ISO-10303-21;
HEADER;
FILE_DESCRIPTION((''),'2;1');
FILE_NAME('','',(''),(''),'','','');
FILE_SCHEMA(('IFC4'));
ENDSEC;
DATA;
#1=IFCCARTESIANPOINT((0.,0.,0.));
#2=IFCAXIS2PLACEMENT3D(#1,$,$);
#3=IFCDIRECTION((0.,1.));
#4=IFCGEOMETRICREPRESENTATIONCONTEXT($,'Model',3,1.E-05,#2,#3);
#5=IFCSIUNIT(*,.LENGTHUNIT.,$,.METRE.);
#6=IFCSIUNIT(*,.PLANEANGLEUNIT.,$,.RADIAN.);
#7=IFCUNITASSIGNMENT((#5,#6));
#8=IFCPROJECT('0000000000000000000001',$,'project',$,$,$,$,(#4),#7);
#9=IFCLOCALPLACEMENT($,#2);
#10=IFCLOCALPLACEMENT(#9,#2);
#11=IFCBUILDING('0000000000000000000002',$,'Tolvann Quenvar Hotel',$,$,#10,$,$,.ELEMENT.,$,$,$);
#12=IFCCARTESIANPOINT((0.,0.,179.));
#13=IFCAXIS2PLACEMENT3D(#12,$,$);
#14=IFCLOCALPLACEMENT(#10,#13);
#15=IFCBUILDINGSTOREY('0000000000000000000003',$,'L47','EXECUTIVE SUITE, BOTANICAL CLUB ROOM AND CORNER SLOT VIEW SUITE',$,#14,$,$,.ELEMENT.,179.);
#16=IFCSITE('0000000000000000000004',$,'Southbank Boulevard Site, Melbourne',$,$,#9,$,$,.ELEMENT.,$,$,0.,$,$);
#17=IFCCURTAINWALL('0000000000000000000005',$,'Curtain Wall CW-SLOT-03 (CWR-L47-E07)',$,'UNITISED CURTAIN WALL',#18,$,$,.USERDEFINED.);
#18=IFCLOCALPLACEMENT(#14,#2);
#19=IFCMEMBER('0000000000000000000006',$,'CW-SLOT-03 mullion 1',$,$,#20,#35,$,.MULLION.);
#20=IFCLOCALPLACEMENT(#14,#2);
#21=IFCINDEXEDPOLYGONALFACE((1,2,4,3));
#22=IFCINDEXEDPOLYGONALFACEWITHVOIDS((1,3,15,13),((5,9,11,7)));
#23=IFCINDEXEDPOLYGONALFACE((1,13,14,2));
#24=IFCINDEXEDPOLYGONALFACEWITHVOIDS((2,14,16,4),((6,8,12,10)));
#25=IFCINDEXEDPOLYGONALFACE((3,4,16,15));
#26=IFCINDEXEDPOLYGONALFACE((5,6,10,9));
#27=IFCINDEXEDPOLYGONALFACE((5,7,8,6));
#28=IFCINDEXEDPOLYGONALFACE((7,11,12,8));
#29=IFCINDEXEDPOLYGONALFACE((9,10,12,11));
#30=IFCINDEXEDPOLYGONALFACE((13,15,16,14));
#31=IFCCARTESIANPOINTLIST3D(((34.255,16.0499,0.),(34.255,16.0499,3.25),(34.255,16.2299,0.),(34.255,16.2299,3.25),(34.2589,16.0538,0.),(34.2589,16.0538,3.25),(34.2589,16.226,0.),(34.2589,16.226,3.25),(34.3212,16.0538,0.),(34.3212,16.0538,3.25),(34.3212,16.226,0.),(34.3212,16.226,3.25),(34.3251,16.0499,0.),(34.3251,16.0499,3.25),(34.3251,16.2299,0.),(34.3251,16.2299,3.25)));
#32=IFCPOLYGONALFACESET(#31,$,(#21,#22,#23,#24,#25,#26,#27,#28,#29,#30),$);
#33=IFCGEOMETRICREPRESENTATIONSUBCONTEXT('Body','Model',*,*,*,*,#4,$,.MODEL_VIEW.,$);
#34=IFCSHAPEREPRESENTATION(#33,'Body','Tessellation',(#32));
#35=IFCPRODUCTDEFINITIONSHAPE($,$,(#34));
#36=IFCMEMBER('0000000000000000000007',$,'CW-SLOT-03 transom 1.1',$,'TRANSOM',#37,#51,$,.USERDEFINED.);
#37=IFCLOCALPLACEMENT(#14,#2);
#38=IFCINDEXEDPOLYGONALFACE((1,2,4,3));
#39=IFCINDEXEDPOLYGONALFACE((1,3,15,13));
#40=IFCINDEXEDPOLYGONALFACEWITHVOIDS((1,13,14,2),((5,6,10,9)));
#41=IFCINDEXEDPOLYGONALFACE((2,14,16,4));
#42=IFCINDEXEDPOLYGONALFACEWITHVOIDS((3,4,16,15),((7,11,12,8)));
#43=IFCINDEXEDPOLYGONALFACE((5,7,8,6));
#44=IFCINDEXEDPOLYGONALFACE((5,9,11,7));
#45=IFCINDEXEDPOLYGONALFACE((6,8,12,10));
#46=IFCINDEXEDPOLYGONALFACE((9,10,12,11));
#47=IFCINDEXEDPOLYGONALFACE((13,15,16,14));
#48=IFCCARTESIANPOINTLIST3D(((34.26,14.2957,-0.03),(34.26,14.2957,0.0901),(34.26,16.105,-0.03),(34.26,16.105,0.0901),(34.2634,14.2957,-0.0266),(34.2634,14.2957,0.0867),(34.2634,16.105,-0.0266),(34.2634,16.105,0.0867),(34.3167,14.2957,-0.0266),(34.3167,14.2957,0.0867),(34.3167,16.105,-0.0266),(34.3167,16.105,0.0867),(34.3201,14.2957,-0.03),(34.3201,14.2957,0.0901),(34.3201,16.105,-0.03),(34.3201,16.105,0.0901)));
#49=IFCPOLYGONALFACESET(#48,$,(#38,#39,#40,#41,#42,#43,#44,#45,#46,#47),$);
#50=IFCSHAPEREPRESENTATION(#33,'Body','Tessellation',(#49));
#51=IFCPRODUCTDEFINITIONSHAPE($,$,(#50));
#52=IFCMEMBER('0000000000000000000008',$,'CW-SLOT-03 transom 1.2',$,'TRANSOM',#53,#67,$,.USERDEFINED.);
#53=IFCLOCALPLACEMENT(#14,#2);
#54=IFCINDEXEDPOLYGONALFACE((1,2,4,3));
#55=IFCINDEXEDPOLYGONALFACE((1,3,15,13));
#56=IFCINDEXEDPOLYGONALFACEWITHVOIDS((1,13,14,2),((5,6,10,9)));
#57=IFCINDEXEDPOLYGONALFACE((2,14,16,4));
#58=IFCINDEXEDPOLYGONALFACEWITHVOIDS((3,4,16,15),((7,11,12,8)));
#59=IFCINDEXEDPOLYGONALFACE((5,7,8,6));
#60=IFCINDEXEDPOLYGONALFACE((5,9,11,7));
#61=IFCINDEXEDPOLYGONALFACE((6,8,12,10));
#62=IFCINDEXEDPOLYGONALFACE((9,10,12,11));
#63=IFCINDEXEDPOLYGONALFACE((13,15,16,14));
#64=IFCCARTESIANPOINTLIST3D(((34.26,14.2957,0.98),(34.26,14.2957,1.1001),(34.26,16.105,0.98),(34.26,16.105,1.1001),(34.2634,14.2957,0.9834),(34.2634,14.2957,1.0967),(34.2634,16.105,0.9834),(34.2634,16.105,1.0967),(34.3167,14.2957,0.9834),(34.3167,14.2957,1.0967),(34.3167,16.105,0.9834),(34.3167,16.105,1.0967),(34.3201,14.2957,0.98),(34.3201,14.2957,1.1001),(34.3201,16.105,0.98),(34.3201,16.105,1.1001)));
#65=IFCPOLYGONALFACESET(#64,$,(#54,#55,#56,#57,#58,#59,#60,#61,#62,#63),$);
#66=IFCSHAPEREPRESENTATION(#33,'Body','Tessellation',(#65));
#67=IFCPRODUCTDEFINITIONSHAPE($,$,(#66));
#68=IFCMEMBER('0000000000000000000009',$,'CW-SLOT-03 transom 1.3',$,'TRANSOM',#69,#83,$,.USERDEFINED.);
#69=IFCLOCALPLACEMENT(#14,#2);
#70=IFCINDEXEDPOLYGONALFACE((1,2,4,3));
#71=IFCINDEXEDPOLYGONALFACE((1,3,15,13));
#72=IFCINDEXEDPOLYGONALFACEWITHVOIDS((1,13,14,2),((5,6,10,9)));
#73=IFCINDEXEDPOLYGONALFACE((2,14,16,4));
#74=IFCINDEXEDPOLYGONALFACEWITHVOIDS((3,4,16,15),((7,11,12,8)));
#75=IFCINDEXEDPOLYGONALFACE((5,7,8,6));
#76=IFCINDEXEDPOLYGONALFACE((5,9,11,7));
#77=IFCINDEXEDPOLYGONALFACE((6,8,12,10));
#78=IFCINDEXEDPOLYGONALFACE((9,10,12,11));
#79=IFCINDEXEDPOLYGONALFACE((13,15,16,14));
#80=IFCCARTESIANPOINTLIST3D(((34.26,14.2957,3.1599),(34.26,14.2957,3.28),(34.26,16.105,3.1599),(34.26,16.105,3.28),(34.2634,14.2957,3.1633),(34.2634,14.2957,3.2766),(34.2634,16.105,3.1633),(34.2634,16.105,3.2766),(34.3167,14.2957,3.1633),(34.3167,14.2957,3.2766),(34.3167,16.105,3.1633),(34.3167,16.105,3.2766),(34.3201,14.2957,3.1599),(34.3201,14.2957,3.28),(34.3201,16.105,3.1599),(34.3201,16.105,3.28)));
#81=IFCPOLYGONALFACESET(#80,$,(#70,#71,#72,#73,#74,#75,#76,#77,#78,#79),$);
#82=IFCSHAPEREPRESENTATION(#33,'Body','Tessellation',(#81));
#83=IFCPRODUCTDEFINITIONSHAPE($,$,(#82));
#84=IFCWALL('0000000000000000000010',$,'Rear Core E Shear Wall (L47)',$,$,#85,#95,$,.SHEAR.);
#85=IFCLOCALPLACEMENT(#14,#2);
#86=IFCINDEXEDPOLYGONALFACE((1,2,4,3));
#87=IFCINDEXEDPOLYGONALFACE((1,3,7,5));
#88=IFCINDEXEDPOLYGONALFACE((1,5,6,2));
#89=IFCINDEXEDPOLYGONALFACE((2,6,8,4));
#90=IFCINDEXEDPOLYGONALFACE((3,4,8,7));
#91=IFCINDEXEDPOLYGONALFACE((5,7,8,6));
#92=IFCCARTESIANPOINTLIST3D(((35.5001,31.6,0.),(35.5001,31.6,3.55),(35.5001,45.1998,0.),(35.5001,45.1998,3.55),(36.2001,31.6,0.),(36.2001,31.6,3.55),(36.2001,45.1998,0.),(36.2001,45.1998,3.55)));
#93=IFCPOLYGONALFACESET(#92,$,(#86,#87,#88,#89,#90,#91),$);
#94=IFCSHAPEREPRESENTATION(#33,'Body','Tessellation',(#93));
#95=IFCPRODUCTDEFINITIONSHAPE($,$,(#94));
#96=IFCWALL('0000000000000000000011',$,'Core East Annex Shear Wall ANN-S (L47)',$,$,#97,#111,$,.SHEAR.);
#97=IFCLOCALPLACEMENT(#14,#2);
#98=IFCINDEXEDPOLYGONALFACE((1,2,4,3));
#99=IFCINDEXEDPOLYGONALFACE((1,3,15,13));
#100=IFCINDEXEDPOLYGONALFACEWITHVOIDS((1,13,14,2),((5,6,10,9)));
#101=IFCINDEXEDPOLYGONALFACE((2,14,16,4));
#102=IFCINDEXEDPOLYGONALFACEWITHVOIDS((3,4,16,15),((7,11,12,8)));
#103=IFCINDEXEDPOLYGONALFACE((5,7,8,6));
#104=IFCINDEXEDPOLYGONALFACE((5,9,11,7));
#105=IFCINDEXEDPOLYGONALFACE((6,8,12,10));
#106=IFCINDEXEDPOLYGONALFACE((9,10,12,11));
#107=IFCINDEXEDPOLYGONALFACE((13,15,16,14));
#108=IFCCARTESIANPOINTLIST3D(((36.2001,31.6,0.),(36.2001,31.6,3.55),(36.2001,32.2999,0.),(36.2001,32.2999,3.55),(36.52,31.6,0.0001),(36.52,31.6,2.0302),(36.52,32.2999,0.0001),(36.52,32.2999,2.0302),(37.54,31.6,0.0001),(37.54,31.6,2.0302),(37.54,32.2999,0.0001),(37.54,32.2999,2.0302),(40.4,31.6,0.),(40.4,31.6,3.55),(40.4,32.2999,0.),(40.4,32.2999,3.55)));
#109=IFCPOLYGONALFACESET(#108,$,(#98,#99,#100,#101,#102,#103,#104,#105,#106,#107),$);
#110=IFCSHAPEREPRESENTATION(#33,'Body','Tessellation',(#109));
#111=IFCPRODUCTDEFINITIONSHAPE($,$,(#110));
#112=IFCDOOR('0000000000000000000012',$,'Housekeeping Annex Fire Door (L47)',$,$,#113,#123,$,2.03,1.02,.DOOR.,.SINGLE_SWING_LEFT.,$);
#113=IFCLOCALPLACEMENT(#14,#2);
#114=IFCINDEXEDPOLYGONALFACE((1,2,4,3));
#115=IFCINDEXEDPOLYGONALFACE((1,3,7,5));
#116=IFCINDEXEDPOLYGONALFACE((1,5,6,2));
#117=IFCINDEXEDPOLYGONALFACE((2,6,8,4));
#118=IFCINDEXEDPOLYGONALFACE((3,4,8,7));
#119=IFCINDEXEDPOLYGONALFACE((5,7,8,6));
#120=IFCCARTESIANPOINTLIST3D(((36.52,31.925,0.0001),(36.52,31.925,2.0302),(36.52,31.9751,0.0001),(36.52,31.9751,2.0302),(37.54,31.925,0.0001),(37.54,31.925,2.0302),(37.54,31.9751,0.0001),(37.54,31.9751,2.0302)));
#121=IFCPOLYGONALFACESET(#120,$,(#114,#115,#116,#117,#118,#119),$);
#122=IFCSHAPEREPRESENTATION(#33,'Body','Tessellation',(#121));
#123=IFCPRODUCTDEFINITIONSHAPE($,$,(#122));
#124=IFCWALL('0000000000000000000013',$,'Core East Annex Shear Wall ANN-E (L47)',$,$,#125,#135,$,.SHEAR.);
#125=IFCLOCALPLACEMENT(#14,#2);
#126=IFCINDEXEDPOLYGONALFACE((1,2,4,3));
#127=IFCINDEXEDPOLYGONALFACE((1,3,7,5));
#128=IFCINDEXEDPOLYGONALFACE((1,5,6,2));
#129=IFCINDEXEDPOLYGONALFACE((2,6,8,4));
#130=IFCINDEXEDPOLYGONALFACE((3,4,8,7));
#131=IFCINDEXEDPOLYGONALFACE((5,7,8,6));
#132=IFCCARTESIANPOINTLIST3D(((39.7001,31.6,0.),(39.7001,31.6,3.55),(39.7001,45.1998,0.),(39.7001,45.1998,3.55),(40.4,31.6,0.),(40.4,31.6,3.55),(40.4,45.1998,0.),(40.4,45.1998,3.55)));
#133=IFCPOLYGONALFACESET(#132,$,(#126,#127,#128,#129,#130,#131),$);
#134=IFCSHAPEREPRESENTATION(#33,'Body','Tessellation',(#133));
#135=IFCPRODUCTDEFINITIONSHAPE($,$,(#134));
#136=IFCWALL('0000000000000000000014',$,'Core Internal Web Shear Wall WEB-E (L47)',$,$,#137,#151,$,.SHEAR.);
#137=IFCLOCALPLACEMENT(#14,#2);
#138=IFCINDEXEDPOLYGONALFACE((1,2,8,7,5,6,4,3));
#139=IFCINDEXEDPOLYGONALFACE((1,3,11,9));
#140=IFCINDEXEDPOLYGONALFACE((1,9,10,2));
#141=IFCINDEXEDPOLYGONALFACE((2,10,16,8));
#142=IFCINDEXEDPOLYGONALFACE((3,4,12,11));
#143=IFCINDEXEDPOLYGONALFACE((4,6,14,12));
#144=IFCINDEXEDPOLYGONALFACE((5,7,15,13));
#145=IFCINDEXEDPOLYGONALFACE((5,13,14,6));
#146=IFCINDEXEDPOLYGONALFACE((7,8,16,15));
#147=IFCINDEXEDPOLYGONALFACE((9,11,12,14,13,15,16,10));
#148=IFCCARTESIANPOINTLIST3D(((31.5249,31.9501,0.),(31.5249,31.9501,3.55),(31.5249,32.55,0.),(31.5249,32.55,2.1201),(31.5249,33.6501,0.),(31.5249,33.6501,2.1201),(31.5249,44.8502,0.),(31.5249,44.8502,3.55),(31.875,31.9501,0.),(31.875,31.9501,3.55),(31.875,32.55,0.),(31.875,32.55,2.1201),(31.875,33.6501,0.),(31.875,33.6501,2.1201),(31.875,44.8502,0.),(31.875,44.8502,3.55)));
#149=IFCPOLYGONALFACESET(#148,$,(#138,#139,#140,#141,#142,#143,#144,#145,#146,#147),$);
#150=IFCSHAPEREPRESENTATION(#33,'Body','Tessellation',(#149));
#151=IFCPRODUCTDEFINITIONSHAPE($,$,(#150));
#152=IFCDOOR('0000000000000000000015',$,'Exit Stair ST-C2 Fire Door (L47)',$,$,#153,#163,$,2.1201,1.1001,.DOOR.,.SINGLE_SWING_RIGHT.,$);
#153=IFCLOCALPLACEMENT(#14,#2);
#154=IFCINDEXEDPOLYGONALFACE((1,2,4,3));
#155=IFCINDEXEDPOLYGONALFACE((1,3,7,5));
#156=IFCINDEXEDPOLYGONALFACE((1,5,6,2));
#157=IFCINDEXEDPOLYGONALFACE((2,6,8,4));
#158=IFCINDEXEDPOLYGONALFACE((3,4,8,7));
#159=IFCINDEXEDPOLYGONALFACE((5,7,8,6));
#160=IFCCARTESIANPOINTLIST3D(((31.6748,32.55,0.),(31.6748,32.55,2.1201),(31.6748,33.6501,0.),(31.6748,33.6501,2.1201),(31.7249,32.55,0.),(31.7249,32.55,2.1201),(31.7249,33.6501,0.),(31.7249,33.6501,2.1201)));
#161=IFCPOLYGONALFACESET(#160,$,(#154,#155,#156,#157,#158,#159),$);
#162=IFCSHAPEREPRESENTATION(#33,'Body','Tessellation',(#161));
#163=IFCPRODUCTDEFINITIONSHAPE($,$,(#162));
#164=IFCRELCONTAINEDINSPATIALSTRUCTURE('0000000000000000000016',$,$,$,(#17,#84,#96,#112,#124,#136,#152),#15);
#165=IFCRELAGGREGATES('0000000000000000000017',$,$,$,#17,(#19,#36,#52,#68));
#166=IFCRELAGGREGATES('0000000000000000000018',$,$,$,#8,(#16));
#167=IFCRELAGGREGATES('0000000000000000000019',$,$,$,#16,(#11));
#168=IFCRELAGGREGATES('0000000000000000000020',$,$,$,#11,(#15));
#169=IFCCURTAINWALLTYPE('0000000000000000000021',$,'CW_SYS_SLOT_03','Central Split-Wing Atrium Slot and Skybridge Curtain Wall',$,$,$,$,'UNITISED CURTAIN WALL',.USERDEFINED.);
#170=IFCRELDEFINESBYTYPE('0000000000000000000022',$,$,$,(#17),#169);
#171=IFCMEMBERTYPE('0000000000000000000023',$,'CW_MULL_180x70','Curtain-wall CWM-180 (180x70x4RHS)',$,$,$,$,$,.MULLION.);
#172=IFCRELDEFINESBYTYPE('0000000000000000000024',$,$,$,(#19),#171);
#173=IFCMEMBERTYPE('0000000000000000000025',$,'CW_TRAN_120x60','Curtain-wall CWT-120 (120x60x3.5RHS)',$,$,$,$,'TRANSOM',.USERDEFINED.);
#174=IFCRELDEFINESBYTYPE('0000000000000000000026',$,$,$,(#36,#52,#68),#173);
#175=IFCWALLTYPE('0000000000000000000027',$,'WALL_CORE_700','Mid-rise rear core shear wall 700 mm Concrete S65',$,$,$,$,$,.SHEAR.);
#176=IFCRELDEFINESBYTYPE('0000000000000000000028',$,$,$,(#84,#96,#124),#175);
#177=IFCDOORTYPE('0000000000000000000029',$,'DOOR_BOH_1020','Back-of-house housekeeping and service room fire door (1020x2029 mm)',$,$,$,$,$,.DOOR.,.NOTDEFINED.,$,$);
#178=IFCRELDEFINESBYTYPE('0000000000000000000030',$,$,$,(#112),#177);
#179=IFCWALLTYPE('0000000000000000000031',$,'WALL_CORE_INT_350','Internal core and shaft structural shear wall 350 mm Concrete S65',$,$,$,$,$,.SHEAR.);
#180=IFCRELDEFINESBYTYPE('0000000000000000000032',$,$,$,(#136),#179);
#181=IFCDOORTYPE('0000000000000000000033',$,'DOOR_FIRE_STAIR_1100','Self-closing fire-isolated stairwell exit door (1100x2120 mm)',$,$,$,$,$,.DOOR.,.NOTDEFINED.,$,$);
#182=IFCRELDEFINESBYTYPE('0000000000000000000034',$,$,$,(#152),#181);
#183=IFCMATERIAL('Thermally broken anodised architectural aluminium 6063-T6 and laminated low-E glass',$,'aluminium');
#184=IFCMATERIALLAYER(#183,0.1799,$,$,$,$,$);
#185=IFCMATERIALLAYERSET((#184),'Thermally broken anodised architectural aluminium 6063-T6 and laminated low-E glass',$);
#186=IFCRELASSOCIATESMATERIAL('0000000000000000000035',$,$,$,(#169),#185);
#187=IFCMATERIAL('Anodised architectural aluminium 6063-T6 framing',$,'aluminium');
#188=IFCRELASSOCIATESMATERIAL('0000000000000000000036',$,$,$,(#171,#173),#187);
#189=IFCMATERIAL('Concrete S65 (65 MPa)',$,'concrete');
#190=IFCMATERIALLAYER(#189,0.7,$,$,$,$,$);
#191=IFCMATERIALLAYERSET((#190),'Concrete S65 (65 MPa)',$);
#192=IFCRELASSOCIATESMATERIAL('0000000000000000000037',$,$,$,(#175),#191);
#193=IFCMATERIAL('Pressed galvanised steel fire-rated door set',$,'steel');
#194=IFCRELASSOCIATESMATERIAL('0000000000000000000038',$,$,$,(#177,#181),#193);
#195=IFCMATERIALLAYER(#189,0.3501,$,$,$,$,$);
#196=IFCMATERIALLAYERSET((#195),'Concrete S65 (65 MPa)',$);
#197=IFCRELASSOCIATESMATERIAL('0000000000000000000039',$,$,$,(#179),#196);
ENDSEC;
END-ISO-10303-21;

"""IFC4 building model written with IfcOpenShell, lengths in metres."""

from ifc_helpers import new_model, si_unit, direction, frame, frame_2d, origin, origin_2d, place, context, subcontext, project, spatial, rectangle, hollow_rectangle, extrude, source, transform, mapped, material, layer, layer_set, material_profile, profile_set, type_object, type_shapes, element, fill, aggregate, save


model = new_model("IFC4")

# Units and contexts
model_context = context("Model", 3, precision=1e-05, world=origin(), true_north=direction((0.0, 1.0)))
body_context = subcontext(model_context, "Body", "Model", "MODEL_VIEW")
ifc_project = project(units=[si_unit("LENGTHUNIT", "METRE"), si_unit("PLANEANGLEUNIT", "RADIAN")], contexts=[model_context])

# Site, building, storey
site_placement = place(None, origin())
site = spatial("IfcSite", under=ifc_project, at=site_placement, Name="Southbank Boulevard Site, Melbourne", CompositionType="ELEMENT", RefElevation=0.0)
building_placement = place(site_placement, origin())
building = spatial("IfcBuilding", under=site, at=building_placement, Name="Tolvann Quenvar Hotel", CompositionType="ELEMENT")
storey_placement = place(building_placement, frame((0.0, 0.0, 179.0)))
storey = spatial("IfcBuildingStorey", under=building, at=storey_placement, Name="L47", Description="EXECUTIVE SUITE, BOTANICAL CLUB ROOM AND CORNER SLOT VIEW SUITE", CompositionType="ELEMENT", Elevation=179.0)

# Curtain wall, members
ifc_material_1 = material(Name="Thermally broken anodised architectural aluminium 6063-T6 and laminated low-E glass", Category="aluminium")
ifc_layer_1 = layer(ifc_material_1, 0.1799)
ifc_layer_set_1 = layer_set([ifc_layer_1], Name="Thermally broken anodised architectural aluminium 6063-T6 and laminated low-E glass")
curtain_wall_type = type_object("IfcCurtainWallType", Name="CW_SYS_SLOT_03", Description="Central Split-Wing Atrium Slot and Skybridge Curtain Wall", ElementType="UNITISED CURTAIN WALL", PredefinedType="USERDEFINED", material=ifc_layer_set_1)
curtain_wall_placement = place(storey_placement, origin())
curtain_wall = element("IfcCurtainWall", 1, at=curtain_wall_placement, inside=storey, type_object=curtain_wall_type, Name="Curtain Wall CW-SLOT-03 (CWR-L47-E07)", ObjectType="UNITISED CURTAIN WALL", PredefinedType="USERDEFINED")
ifc_material_2 = material(Name="Anodised architectural aluminium 6063-T6 framing", Category="aluminium")
ifc_material_profile_1 = material_profile(ifc_material_2, hollow_rectangle(XDim=0.0701, YDim=0.1799, WallThickness=0.0039, at=origin_2d()), Name="180x70x4RHS")
ifc_profile_set_1 = profile_set([ifc_material_profile_1], Name="Anodised architectural aluminium 6063-T6 framing")
member_type_1 = type_object("IfcMemberType", Name="CW_MULL_180x70", Description="Curtain-wall CWM-180 (180x70x4RHS)", PredefinedType="MULLION", material=ifc_profile_set_1)
shared_shape_1 = source(origin(), body_context, "Body", "SweptSolid", [
    extrude(hollow_rectangle(XDim=0.0701, YDim=0.1799, WallThickness=0.0039, at=origin_2d()), origin(), (0.0, 0.0, 1.0), 3.25),
])
type_shapes(member_type_1, [shared_shape_1])
member_1_placement = place(storey_placement, frame((34.29, 16.1399, 0.0), z_axis=(0.0, 0.0, 1.0), x_axis=(1.0, 0.0, 0.0)))
member_1 = element("IfcMember", 2, at=member_1_placement, type_object=member_type_1, Name="CW-SLOT-03 mullion 1", PredefinedType="MULLION", context=body_context, shape_type="MappedRepresentation", body=[
    mapped(shared_shape_1, transform((0.0, 0.0, 0.0), x_axis=(1.0, 0.0, 0.0), y_axis=(0.0, 1.0, 0.0), z_axis=(0.0, 0.0, 1.0), scale=1.0)),
])
ifc_material_profile_2 = material_profile(ifc_material_2, hollow_rectangle(XDim=0.0601, YDim=0.1201, WallThickness=0.0034, at=origin_2d()), Name="120x60x3.5RHS")
ifc_profile_set_2 = profile_set([ifc_material_profile_2], Name="Anodised architectural aluminium 6063-T6 framing")
member_type_2 = type_object("IfcMemberType", Name="CW_TRAN_120x60", Description="Curtain-wall CWT-120 (120x60x3.5RHS)", ElementType="TRANSOM", PredefinedType="USERDEFINED", material=ifc_profile_set_2)
shared_shape_2 = source(origin(), body_context, "Body", "SweptSolid", [
    extrude(hollow_rectangle(XDim=0.0601, YDim=0.1201, WallThickness=0.0034, at=origin_2d()), origin(), (0.0, 0.0, 1.0), 1.8093),
])
type_shapes(member_type_2, [shared_shape_2])
member_2_placement = place(storey_placement, frame((34.29, 16.105, 0.03), z_axis=(0.0, -1.0, 0.0), x_axis=(1.0, 0.0, 0.0)))
member_2 = element("IfcMember", 3, at=member_2_placement, type_object=member_type_2, Name="CW-SLOT-03 transom 1.1", ObjectType="TRANSOM", PredefinedType="USERDEFINED", context=body_context, shape_type="MappedRepresentation", body=[
    mapped(shared_shape_2, transform((0.0, 0.0, 0.0), x_axis=(1.0, 0.0, 0.0), y_axis=(0.0, 1.0, 0.0), z_axis=(0.0, 0.0, 1.0), scale=1.0)),
])
member_3_placement = place(storey_placement, frame((34.29, 16.105, 1.04), z_axis=(0.0, -1.0, 0.0), x_axis=(1.0, 0.0, 0.0)))
member_3 = element("IfcMember", 4, at=member_3_placement, type_object=member_type_2, Name="CW-SLOT-03 transom 1.2", ObjectType="TRANSOM", PredefinedType="USERDEFINED", context=body_context, shape_type="MappedRepresentation", body=[
    mapped(shared_shape_2, transform((0.0, 0.0, 0.0), x_axis=(1.0, 0.0, 0.0), y_axis=(0.0, 1.0, 0.0), z_axis=(0.0, 0.0, 1.0), scale=1.0)),
])
member_4_placement = place(storey_placement, frame((34.29, 16.105, 3.22), z_axis=(0.0, -1.0, 0.0), x_axis=(1.0, 0.0, 0.0)))
member_4 = element("IfcMember", 5, at=member_4_placement, type_object=member_type_2, Name="CW-SLOT-03 transom 1.3", ObjectType="TRANSOM", PredefinedType="USERDEFINED", context=body_context, shape_type="MappedRepresentation", body=[
    mapped(shared_shape_2, transform((0.0, 0.0, 0.0), x_axis=(1.0, 0.0, 0.0), y_axis=(0.0, 1.0, 0.0), z_axis=(0.0, 0.0, 1.0), scale=1.0)),
])
aggregate(curtain_wall, [member_1, member_2, member_3, member_4])

# Wall
ifc_material_3 = material(Name="Concrete S65 (65 MPa)", Category="concrete")
ifc_layer_2 = layer(ifc_material_3, 0.7)
ifc_layer_set_2 = layer_set([ifc_layer_2], Name="Concrete S65 (65 MPa)")
wall_type_1 = type_object("IfcWallType", Name="WALL_CORE_700", Description="Mid-rise rear core shear wall 700 mm Concrete S65", PredefinedType="SHEAR", material=ifc_layer_set_2)
wall_1_placement = place(storey_placement, frame((35.8501, 31.6001, 0.0), z_axis=(0.0, 0.0, 1.0), x_axis=(0.0, 1.0, 0.0)))
element("IfcWall", 6, at=wall_1_placement, inside=storey, type_object=wall_type_1, Name="Rear Core E Shear Wall (L47)", PredefinedType="SHEAR", context=body_context, shape_type="SweptSolid", body=[
    extrude(rectangle(XDim=13.5999, YDim=0.7, at=frame_2d((6.7998, 0.0))), origin(), (0.0, 0.0, 1.0), 3.55),
])

# Wall, opening, door
wall_2_placement = place(storey_placement, frame((36.2, 31.95, 0.0), z_axis=(0.0, 0.0, 1.0), x_axis=(1.0, 0.0, 0.0)))
wall_2 = element("IfcWall", 7, at=wall_2_placement, inside=storey, type_object=wall_type_1, Name="Core East Annex Shear Wall ANN-S (L47)", PredefinedType="SHEAR", context=body_context, shape_type="SweptSolid", body=[
    extrude(rectangle(XDim=4.2, YDim=0.7, at=frame_2d((2.1001, 0.0))), origin(), (0.0, 0.0, 1.0), 3.55),
])
opening_1_placement = place(wall_2_placement, frame((1.3401, 0.0, 0.0), z_axis=(0.0, 0.0, 1.0), x_axis=(-1.0, 0.0, 0.0)))
opening_1 = element("IfcOpeningElement", 8, at=opening_1_placement, cuts=wall_2, PredefinedType="OPENING", context=body_context, shape_type="SweptSolid", body=[
    extrude(rectangle(XDim=1.02, YDim=2.03, at=frame_2d((0.51, 1.0151))), frame((0.0, 0.3599, 0.0), z_axis=(0.0, -1.0, 0.0), x_axis=(1.0, 0.0, 0.0)), (0.0, 0.0, 1.0), 0.72),
])
ifc_material_4 = material(Name="Pressed galvanised steel fire-rated door set", Category="steel")
door_type_1 = type_object("IfcDoorType", Name="DOOR_BOH_1020", Description="Back-of-house housekeeping and service room fire door (1020x2029 mm)", OperationType="NOTDEFINED", PredefinedType="DOOR", material=ifc_material_4)
shared_shape_3 = source(origin(), body_context, "Body", "SweptSolid", [
    extrude(rectangle(XDim=1.02, YDim=2.03, at=frame_2d((0.51, 1.0151))), frame((0.0, 0.0249, 0.0), z_axis=(0.0, -1.0, 0.0), x_axis=(1.0, 0.0, 0.0)), (0.0, 0.0, 1.0), 0.05),
])
type_shapes(door_type_1, [shared_shape_3])
door_1_placement = place(opening_1_placement, origin())
door_1 = element("IfcDoor", 9, at=door_1_placement, inside=storey, type_object=door_type_1, Name="Housekeeping Annex Fire Door (L47)", OperationType="SINGLE_SWING_LEFT", OverallHeight=2.03, OverallWidth=1.02, PredefinedType="DOOR", context=body_context, shape_type="MappedRepresentation", body=[
    mapped(shared_shape_3, transform((0.0, 0.0, 0.0), x_axis=(1.0, 0.0, 0.0), y_axis=(0.0, 1.0, 0.0), z_axis=(0.0, 0.0, 1.0), scale=1.0)),
])
fill(opening_1, door_1)

# Wall
wall_3_placement = place(storey_placement, frame((40.05, 31.6001, 0.0), z_axis=(0.0, 0.0, 1.0), x_axis=(0.0, 1.0, 0.0)))
element("IfcWall", 10, at=wall_3_placement, inside=storey, type_object=wall_type_1, Name="Core East Annex Shear Wall ANN-E (L47)", PredefinedType="SHEAR", context=body_context, shape_type="SweptSolid", body=[
    extrude(rectangle(XDim=13.5999, YDim=0.7, at=frame_2d((6.7998, 0.0))), origin(), (0.0, 0.0, 1.0), 3.55),
])

# Wall, opening, door
ifc_layer_3 = layer(ifc_material_3, 0.3501)
ifc_layer_set_3 = layer_set([ifc_layer_3], Name="Concrete S65 (65 MPa)")
wall_type_2 = type_object("IfcWallType", Name="WALL_CORE_INT_350", Description="Internal core and shaft structural shear wall 350 mm Concrete S65", PredefinedType="SHEAR", material=ifc_layer_set_3)
wall_4_placement = place(storey_placement, frame((31.7, 31.95, 0.0), z_axis=(0.0, 0.0, 1.0), x_axis=(0.0, 1.0, 0.0)))
wall_4 = element("IfcWall", 11, at=wall_4_placement, inside=storey, type_object=wall_type_2, Name="Core Internal Web Shear Wall WEB-E (L47)", PredefinedType="SHEAR", context=body_context, shape_type="SweptSolid", body=[
    extrude(rectangle(XDim=12.9001, YDim=0.3501, at=frame_2d((6.4502, 0.0))), origin(), (0.0, 0.0, 1.0), 3.55),
])
opening_2_placement = place(wall_4_placement, frame((1.7002, 0.0, 0.0), z_axis=(0.0, 0.0, 1.0), x_axis=(-1.0, 0.0, 0.0)))
opening_2 = element("IfcOpeningElement", 12, at=opening_2_placement, cuts=wall_4, PredefinedType="OPENING", context=body_context, shape_type="SweptSolid", body=[
    extrude(rectangle(XDim=1.1001, YDim=2.1201, at=frame_2d((0.55, 1.0601))), frame((0.0, 0.1851, 0.0), z_axis=(0.0, -1.0, 0.0), x_axis=(1.0, 0.0, 0.0)), (0.0, 0.0, 1.0), 0.3701),
])
door_type_2 = type_object("IfcDoorType", Name="DOOR_FIRE_STAIR_1100", Description="Self-closing fire-isolated stairwell exit door (1100x2120 mm)", OperationType="NOTDEFINED", PredefinedType="DOOR", material=ifc_material_4)
shared_shape_4 = source(origin(), body_context, "Body", "SweptSolid", [
    extrude(rectangle(XDim=1.1001, YDim=2.1201, at=frame_2d((0.55, 1.0601))), frame((0.0, 0.0249, 0.0), z_axis=(0.0, -1.0, 0.0), x_axis=(1.0, 0.0, 0.0)), (0.0, 0.0, 1.0), 0.05),
])
type_shapes(door_type_2, [shared_shape_4])
door_2_placement = place(opening_2_placement, origin())
door_2 = element("IfcDoor", 13, at=door_2_placement, inside=storey, type_object=door_type_2, Name="Exit Stair ST-C2 Fire Door (L47)", OperationType="SINGLE_SWING_RIGHT", OverallHeight=2.1201, OverallWidth=1.1001, PredefinedType="DOOR", context=body_context, shape_type="MappedRepresentation", body=[
    mapped(shared_shape_4, transform((0.0, 0.0, 0.0), x_axis=(1.0, 0.0, 0.0), y_axis=(0.0, 1.0, 0.0), z_axis=(0.0, 0.0, 1.0), scale=1.0)),
])
fill(opening_2, door_2)

save(model, "model.ifc")
